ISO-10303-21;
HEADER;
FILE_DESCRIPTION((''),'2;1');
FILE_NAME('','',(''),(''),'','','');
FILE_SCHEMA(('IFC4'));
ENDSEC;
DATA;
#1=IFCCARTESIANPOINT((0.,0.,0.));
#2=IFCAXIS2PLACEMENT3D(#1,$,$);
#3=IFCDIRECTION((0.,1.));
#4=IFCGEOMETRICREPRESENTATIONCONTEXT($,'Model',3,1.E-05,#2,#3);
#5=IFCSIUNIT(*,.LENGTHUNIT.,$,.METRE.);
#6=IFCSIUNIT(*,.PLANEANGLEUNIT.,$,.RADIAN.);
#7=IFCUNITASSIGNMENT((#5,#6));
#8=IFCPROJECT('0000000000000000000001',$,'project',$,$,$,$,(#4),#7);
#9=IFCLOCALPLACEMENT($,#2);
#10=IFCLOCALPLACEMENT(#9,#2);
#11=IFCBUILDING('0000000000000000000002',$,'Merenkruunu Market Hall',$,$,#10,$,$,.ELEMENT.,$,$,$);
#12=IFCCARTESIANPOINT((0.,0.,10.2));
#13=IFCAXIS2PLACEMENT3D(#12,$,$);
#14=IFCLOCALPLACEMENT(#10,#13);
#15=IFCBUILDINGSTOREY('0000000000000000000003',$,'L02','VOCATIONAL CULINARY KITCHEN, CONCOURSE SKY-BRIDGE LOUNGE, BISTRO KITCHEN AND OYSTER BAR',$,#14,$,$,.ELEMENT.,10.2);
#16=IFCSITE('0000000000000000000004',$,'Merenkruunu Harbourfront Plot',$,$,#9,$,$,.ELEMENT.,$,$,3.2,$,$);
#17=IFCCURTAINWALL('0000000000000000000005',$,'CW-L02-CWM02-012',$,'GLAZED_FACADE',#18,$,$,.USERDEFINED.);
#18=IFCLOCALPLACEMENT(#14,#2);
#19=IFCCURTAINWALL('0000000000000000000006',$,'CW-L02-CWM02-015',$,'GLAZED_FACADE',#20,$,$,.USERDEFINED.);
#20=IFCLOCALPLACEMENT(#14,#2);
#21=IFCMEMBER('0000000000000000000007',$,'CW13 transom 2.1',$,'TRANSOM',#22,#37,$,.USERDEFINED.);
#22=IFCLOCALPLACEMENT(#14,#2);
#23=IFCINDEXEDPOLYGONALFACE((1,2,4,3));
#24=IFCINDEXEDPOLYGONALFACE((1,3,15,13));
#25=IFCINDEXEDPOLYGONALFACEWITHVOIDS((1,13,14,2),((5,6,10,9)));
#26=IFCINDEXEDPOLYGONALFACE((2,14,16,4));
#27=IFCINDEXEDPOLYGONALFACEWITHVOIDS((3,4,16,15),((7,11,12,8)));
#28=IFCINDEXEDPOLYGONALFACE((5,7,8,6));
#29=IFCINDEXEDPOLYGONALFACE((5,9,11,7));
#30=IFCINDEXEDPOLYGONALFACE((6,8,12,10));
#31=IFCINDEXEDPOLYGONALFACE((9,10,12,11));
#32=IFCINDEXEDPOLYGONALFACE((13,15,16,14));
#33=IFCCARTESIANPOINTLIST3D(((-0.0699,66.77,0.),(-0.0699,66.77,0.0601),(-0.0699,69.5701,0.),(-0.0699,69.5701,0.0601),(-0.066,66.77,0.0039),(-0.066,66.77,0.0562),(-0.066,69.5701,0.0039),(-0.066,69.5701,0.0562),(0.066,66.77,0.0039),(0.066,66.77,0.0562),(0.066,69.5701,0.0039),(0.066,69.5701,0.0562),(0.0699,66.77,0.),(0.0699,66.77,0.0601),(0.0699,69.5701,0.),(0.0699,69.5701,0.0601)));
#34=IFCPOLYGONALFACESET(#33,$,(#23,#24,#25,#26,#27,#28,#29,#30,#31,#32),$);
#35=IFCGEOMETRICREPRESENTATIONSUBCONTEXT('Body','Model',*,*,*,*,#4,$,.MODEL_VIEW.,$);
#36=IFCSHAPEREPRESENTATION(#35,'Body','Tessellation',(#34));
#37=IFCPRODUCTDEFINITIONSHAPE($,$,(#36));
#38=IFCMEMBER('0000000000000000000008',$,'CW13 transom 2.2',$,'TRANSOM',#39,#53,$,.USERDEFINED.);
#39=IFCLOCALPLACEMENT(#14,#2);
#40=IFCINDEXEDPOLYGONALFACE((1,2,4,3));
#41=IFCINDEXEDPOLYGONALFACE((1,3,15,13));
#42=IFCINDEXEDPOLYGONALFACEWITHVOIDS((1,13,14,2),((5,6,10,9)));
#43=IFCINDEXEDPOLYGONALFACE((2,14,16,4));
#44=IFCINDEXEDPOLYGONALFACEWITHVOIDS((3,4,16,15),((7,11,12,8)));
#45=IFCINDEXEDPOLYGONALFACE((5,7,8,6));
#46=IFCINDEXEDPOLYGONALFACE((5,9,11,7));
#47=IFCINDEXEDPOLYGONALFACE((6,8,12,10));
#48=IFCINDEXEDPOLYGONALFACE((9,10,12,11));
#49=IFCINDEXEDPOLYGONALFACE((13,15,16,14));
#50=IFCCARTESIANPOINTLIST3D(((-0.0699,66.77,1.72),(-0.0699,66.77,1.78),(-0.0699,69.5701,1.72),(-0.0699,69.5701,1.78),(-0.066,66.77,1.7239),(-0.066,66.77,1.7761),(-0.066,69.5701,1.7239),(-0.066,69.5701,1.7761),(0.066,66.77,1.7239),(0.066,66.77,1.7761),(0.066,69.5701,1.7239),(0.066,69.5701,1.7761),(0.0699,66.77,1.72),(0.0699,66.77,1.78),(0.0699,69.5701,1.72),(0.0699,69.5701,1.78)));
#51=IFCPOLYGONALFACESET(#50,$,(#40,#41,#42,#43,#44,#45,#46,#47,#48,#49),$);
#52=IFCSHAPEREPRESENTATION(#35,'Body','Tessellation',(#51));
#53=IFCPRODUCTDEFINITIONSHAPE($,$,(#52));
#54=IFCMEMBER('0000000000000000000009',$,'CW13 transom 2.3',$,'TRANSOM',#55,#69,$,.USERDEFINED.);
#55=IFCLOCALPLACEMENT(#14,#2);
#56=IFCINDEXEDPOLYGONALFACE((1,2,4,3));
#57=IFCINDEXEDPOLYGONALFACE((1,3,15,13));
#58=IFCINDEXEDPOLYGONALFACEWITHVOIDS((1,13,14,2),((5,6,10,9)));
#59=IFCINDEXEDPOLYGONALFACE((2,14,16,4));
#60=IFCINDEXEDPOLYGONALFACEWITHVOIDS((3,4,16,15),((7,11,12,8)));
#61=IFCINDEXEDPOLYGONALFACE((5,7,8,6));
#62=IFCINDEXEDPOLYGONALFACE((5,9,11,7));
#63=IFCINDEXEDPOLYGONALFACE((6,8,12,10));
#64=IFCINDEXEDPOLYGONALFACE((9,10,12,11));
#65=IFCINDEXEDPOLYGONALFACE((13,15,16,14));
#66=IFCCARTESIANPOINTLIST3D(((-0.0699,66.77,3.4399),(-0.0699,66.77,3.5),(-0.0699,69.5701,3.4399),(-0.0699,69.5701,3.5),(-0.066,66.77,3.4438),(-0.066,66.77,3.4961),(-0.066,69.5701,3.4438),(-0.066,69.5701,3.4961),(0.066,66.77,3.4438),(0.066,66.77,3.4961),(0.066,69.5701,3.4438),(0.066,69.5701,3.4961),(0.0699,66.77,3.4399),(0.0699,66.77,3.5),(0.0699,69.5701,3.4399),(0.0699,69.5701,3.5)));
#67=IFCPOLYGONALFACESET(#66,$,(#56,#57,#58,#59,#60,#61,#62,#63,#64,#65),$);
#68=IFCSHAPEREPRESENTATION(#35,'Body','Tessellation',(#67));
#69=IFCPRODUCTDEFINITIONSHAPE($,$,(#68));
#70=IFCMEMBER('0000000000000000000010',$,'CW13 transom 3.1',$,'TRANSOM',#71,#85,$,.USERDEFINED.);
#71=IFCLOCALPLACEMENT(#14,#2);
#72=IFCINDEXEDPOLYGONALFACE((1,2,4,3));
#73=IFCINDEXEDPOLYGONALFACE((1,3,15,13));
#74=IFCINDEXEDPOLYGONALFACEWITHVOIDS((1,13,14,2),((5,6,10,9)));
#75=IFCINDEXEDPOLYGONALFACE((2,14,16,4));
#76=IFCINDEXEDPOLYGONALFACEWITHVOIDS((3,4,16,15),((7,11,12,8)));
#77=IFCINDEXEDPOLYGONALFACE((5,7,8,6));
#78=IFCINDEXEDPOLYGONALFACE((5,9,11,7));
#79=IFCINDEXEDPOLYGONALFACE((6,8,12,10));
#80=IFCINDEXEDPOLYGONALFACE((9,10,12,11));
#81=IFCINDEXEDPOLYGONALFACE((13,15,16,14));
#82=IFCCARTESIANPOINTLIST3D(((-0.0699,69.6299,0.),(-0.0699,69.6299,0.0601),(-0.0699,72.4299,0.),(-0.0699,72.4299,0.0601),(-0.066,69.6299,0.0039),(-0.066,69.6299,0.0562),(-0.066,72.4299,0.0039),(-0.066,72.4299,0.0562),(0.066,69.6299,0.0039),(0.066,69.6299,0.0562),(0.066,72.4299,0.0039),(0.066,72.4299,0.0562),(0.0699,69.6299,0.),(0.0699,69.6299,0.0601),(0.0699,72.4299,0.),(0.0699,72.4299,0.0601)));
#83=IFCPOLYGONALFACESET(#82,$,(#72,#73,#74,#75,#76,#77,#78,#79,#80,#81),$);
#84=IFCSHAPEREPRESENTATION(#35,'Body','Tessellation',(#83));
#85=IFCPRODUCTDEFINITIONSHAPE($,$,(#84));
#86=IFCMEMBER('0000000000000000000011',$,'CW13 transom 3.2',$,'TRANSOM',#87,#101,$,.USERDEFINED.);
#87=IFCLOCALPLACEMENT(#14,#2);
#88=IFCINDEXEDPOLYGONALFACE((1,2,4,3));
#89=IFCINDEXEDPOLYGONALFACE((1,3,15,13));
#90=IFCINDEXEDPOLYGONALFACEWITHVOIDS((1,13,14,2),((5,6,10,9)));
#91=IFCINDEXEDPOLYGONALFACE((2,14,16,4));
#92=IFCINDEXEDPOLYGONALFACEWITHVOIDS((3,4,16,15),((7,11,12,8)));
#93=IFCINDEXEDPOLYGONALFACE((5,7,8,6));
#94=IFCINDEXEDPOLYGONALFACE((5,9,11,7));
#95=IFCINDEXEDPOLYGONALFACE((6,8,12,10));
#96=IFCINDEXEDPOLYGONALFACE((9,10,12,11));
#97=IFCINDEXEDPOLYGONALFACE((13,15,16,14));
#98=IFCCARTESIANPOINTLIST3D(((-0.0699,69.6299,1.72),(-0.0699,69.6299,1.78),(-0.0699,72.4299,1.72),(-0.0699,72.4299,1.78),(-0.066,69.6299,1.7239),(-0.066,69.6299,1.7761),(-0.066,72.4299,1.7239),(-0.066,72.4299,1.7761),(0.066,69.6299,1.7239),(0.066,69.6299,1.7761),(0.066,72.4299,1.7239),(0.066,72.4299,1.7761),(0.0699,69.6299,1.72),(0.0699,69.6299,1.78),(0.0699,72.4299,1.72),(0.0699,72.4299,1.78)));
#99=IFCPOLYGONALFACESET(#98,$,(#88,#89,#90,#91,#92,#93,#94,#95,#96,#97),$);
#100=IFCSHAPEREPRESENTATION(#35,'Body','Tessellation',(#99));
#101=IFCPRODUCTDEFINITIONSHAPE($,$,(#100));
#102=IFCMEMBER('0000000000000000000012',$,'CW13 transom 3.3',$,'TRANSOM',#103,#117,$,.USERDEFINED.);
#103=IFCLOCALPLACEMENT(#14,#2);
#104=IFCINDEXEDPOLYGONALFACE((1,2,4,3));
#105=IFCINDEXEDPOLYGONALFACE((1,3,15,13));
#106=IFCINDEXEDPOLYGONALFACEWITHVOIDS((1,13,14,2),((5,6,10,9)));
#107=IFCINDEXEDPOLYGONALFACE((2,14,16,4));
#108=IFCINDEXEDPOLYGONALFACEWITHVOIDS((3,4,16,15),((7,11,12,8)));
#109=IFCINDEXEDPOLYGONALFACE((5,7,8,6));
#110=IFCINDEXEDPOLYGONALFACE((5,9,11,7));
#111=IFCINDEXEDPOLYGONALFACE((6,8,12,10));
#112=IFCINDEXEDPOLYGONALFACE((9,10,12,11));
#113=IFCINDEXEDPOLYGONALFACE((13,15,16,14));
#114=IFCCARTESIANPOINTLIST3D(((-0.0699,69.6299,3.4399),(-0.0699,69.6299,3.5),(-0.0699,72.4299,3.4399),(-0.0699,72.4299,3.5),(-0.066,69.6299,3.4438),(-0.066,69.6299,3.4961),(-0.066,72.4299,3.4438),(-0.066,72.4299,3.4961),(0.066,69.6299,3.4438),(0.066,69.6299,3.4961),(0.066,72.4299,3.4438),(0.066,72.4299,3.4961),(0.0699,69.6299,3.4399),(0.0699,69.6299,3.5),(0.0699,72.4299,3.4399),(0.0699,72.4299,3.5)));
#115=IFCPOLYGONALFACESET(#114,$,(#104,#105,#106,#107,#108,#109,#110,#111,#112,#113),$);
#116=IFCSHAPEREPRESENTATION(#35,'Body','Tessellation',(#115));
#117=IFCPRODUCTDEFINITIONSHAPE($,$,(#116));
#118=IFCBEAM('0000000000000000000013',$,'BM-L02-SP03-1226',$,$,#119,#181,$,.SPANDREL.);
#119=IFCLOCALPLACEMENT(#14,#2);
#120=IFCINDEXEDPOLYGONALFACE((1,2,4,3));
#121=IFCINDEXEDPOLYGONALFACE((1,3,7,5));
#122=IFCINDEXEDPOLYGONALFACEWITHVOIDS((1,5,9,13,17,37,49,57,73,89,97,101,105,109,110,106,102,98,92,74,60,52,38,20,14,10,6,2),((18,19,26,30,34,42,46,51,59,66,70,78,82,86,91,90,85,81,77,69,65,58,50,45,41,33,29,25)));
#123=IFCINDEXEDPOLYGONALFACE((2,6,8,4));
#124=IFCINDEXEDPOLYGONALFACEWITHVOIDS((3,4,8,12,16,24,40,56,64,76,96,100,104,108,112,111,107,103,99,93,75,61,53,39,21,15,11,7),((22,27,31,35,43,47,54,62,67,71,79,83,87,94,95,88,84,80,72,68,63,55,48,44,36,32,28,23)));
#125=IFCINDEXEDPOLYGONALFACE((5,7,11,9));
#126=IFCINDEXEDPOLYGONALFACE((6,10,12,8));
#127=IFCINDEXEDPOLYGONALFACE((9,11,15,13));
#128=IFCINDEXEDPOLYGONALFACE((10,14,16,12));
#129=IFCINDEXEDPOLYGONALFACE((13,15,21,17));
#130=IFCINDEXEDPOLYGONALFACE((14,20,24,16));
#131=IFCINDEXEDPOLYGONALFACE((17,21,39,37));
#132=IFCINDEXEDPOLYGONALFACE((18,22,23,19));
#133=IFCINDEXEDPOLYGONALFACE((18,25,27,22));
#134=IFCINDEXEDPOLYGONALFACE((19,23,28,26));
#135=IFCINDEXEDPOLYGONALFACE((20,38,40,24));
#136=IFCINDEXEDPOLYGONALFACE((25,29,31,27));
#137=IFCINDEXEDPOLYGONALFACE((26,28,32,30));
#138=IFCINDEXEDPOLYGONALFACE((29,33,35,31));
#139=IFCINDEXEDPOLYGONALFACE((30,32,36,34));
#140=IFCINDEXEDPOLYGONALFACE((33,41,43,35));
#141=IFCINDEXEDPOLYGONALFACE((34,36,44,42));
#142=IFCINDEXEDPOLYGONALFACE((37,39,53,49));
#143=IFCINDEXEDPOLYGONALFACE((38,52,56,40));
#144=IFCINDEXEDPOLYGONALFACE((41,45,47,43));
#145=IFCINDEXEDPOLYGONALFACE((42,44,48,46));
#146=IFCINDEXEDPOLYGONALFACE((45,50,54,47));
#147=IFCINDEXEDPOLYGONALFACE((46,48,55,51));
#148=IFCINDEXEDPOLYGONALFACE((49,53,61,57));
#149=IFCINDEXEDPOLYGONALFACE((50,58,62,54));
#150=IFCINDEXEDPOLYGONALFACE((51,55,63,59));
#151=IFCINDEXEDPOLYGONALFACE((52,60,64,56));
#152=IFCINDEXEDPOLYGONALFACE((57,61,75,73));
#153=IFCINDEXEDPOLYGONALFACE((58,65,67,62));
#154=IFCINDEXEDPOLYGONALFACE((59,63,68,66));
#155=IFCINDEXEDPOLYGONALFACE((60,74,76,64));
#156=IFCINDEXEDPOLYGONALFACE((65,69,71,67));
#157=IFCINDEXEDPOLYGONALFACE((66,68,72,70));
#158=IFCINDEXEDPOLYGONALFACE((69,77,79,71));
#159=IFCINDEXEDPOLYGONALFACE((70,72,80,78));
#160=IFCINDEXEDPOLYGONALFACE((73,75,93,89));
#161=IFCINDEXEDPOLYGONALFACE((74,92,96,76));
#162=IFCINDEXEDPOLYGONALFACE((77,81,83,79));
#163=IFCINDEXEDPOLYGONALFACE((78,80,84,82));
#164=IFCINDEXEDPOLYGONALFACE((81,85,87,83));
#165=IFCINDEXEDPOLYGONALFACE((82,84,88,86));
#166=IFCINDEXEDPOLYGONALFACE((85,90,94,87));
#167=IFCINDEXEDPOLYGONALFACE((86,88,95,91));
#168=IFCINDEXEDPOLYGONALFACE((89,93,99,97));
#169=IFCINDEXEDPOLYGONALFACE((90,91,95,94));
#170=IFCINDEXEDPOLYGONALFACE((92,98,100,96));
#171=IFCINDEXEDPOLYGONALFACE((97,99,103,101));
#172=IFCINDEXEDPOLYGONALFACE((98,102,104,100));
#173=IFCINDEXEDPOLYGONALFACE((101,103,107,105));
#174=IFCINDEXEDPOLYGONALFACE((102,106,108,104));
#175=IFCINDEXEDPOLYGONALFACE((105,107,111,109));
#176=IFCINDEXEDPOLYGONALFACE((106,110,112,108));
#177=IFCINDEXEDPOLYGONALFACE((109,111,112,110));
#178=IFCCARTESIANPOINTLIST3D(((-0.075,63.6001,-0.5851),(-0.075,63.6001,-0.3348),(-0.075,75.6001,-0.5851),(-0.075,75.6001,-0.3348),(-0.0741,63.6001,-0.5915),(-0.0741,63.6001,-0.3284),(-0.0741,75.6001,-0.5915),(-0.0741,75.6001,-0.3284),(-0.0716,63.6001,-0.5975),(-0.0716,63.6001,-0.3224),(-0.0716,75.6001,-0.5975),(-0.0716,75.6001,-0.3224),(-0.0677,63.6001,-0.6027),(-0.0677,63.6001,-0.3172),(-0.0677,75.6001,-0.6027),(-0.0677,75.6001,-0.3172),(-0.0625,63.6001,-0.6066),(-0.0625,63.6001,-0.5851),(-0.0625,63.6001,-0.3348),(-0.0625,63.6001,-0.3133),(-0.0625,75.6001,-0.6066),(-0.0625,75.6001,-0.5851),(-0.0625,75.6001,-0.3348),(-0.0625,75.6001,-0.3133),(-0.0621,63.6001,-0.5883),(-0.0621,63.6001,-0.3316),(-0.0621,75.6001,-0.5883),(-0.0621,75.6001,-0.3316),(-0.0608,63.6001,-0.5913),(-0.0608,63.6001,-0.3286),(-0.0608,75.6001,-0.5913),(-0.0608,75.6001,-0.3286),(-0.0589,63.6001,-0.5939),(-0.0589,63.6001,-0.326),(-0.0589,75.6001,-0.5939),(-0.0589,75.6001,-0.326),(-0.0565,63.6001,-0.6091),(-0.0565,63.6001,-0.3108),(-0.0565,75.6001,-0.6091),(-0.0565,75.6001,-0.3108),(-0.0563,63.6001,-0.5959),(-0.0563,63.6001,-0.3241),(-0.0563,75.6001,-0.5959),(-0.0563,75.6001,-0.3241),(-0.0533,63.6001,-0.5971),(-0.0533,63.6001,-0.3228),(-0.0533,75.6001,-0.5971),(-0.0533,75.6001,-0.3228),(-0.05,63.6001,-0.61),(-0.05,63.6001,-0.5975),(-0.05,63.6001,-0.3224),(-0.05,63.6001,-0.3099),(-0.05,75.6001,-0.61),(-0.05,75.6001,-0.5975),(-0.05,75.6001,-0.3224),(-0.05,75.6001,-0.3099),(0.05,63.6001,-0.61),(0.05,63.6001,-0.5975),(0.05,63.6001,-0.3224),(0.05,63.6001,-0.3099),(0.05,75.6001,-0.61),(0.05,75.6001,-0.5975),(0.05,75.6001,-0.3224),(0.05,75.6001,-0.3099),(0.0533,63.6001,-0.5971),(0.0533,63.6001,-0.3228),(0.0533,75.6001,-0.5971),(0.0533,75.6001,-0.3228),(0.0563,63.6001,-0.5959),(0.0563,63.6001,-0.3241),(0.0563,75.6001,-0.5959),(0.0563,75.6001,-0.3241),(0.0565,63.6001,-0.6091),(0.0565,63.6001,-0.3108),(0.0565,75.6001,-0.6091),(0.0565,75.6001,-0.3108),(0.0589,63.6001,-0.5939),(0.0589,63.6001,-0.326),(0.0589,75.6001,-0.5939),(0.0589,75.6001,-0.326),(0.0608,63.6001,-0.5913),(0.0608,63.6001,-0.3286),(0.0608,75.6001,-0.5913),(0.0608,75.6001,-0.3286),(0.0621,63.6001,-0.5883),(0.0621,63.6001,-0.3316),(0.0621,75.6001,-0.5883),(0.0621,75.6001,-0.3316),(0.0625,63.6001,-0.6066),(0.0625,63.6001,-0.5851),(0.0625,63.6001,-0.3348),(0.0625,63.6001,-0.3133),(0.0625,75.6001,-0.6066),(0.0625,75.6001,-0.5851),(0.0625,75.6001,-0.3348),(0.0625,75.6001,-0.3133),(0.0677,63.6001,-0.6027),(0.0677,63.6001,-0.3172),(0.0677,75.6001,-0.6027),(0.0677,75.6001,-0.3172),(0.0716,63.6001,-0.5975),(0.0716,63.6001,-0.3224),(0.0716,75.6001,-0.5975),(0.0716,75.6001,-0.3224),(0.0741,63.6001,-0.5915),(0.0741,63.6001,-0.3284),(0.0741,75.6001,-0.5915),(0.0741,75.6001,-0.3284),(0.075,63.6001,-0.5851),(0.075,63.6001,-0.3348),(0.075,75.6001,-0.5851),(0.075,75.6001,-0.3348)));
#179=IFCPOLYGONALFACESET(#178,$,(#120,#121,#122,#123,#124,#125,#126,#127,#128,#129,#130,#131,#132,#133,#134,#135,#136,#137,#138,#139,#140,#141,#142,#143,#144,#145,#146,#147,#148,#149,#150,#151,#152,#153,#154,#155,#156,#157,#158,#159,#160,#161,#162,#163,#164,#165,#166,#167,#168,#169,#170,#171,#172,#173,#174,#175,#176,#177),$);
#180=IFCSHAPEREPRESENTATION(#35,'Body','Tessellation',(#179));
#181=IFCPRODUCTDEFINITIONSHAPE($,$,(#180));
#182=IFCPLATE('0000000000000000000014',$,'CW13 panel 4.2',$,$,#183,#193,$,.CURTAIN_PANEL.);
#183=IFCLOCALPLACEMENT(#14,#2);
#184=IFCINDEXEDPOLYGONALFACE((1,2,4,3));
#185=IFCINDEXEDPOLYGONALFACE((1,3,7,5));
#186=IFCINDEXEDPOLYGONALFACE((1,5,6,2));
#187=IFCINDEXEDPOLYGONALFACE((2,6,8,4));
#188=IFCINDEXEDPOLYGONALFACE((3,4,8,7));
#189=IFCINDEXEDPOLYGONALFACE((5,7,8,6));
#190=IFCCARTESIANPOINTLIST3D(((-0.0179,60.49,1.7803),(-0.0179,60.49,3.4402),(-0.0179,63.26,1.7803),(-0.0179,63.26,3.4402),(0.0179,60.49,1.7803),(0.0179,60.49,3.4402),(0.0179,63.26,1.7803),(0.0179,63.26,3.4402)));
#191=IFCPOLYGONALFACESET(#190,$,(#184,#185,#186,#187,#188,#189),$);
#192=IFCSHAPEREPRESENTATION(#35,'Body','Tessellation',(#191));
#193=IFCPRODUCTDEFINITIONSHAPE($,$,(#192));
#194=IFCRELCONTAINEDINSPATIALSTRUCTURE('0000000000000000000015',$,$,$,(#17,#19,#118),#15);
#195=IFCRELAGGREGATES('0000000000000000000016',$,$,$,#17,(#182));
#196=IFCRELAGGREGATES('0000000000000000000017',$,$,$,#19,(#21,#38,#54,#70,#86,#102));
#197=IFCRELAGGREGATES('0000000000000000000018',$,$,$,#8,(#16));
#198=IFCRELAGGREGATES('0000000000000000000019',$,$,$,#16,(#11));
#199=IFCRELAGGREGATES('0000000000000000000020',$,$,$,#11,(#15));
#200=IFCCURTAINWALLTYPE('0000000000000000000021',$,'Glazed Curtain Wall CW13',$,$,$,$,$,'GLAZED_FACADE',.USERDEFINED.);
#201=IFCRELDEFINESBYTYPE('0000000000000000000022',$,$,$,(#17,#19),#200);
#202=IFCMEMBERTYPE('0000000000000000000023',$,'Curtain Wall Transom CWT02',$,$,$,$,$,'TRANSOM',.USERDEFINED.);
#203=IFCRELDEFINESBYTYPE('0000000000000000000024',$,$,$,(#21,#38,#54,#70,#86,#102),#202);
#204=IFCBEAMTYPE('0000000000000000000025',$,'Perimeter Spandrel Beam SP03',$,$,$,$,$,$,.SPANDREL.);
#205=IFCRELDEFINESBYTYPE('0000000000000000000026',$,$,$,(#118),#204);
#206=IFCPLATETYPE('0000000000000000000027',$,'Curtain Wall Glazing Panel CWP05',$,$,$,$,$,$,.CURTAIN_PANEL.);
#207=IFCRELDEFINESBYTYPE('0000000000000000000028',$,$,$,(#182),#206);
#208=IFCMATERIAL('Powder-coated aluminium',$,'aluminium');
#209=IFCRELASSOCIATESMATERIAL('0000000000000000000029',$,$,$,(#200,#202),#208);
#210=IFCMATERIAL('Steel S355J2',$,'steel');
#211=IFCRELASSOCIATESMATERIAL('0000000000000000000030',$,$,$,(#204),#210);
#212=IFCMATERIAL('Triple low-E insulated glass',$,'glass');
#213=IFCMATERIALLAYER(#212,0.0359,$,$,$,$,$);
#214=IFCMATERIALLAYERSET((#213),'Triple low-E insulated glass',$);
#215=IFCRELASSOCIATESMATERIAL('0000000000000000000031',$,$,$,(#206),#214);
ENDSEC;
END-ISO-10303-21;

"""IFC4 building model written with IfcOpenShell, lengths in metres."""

from ifc_helpers import new_model, si_unit, direction, frame, origin, origin_2d, place, context, subcontext, project, spatial, rectangle, hollow_rectangle, extrude, material, layer, layer_set, material_profile, profile_set, type_object, element, aggregate, save


model = new_model("IFC4")

# Units and contexts
model_context = context("Model", 3, precision=1e-05, world=origin(), true_north=direction((0.0, 1.0)))
body_context = subcontext(model_context, "Body", "Model", "MODEL_VIEW")
ifc_project = project(units=[si_unit("LENGTHUNIT", "METRE"), si_unit("PLANEANGLEUNIT", "RADIAN")], contexts=[model_context])

# Site, building, storey
site_placement = place(None, origin())
site = spatial("IfcSite", under=ifc_project, at=site_placement, Name="Merenkruunu Harbourfront Plot", CompositionType="ELEMENT", RefElevation=3.2)
building_placement = place(site_placement, origin())
building = spatial("IfcBuilding", under=site, at=building_placement, Name="Merenkruunu Market Hall", CompositionType="ELEMENT")
storey_placement = place(building_placement, frame((0.0, 0.0, 10.2)))
storey = spatial("IfcBuildingStorey", under=building, at=storey_placement, Name="L02", Description="VOCATIONAL CULINARY KITCHEN, CONCOURSE SKY-BRIDGE LOUNGE, BISTRO KITCHEN AND OYSTER BAR", CompositionType="ELEMENT", Elevation=10.2)

# Curtain wall
ifc_material_1 = material(Name="Powder-coated aluminium", Category="aluminium")
curtain_wall_type = type_object("IfcCurtainWallType", Name="Glazed Curtain Wall CW13", ElementType="GLAZED_FACADE", PredefinedType="USERDEFINED", material=ifc_material_1)
curtain_wall_1_placement = place(storey_placement, origin())
curtain_wall_1 = element("IfcCurtainWall", 1, at=curtain_wall_1_placement, inside=storey, type_object=curtain_wall_type, Name="CW-L02-CWM02-012", ObjectType="GLAZED_FACADE", PredefinedType="USERDEFINED")

# Curtain wall, members
curtain_wall_2_placement = place(storey_placement, origin())
curtain_wall_2 = element("IfcCurtainWall", 2, at=curtain_wall_2_placement, inside=storey, type_object=curtain_wall_type, Name="CW-L02-CWM02-015", ObjectType="GLAZED_FACADE", PredefinedType="USERDEFINED")
ifc_material_profile_1 = material_profile(ifc_material_1, hollow_rectangle(XDim=0.0601, YDim=0.1399, WallThickness=0.0039, at=origin_2d()), Name="ALU 60x140x4")
ifc_profile_set_1 = profile_set([ifc_material_profile_1], Name="Powder-coated aluminium")
member_type_1 = type_object("IfcMemberType", Name="Curtain Wall Transom CWT02", ElementType="TRANSOM", PredefinedType="USERDEFINED", material=ifc_profile_set_1)
member_1_placement = place(storey_placement, frame((0.0, 66.77, 0.03), z_axis=(0.0, 1.0, 0.0), x_axis=(0.0, 0.0, 1.0)))
member_1 = element("IfcMember", 3, at=member_1_placement, type_object=member_type_1, Name="CW13 transom 2.1", ObjectType="TRANSOM", PredefinedType="USERDEFINED", context=body_context, shape_type="SweptSolid", body=[
    extrude(hollow_rectangle(XDim=0.0601, YDim=0.1399, WallThickness=0.0039, at=origin_2d()), origin(), (0.0, 0.0, 1.0), 2.8),
])
member_2_placement = place(storey_placement, frame((0.0, 66.77, 1.75), z_axis=(0.0, 1.0, 0.0), x_axis=(0.0, 0.0, 1.0)))
member_2 = element("IfcMember", 4, at=member_2_placement, type_object=member_type_1, Name="CW13 transom 2.2", ObjectType="TRANSOM", PredefinedType="USERDEFINED", context=body_context, shape_type="SweptSolid", body=[
    extrude(hollow_rectangle(XDim=0.0601, YDim=0.1399, WallThickness=0.0039, at=origin_2d()), origin(), (0.0, 0.0, 1.0), 2.8),
])
member_3_placement = place(storey_placement, frame((0.0, 66.77, 3.47), z_axis=(0.0, 1.0, 0.0), x_axis=(0.0, 0.0, 1.0)))
member_3 = element("IfcMember", 5, at=member_3_placement, type_object=member_type_1, Name="CW13 transom 2.3", ObjectType="TRANSOM", PredefinedType="USERDEFINED", context=body_context, shape_type="SweptSolid", body=[
    extrude(hollow_rectangle(XDim=0.0601, YDim=0.1399, WallThickness=0.0039, at=origin_2d()), origin(), (0.0, 0.0, 1.0), 2.8),
])
member_4_placement = place(storey_placement, frame((0.0, 69.6299, 0.03), z_axis=(0.0, 1.0, 0.0), x_axis=(0.0, 0.0, 1.0)))
member_4 = element("IfcMember", 6, at=member_4_placement, type_object=member_type_1, Name="CW13 transom 3.1", ObjectType="TRANSOM", PredefinedType="USERDEFINED", context=body_context, shape_type="SweptSolid", body=[
    extrude(hollow_rectangle(XDim=0.0601, YDim=0.1399, WallThickness=0.0039, at=origin_2d()), origin(), (0.0, 0.0, 1.0), 2.8),
])
member_5_placement = place(storey_placement, frame((0.0, 69.6299, 1.75), z_axis=(0.0, 1.0, 0.0), x_axis=(0.0, 0.0, 1.0)))
member_5 = element("IfcMember", 7, at=member_5_placement, type_object=member_type_1, Name="CW13 transom 3.2", ObjectType="TRANSOM", PredefinedType="USERDEFINED", context=body_context, shape_type="SweptSolid", body=[
    extrude(hollow_rectangle(XDim=0.0601, YDim=0.1399, WallThickness=0.0039, at=origin_2d()), origin(), (0.0, 0.0, 1.0), 2.8),
])
member_6_placement = place(storey_placement, frame((0.0, 69.6299, 3.47), z_axis=(0.0, 1.0, 0.0), x_axis=(0.0, 0.0, 1.0)))
member_6 = element("IfcMember", 8, at=member_6_placement, type_object=member_type_1, Name="CW13 transom 3.3", ObjectType="TRANSOM", PredefinedType="USERDEFINED", context=body_context, shape_type="SweptSolid", body=[
    extrude(hollow_rectangle(XDim=0.0601, YDim=0.1399, WallThickness=0.0039, at=origin_2d()), origin(), (0.0, 0.0, 1.0), 2.8),
])

# Beam
ifc_material_2 = material(Name="Steel S355J2", Category="steel")
ifc_material_profile_2 = material_profile(ifc_material_2, hollow_rectangle(XDim=0.1499, YDim=0.3, WallThickness=0.0125, InnerFilletRadius=0.0125, OuterFilletRadius=0.0249, at=origin_2d()), Name="RHS 300x150x12.5")
ifc_profile_set_2 = profile_set([ifc_material_profile_2], Name="Steel S355J2")
beam_type = type_object("IfcBeamType", Name="Perimeter Spandrel Beam SP03", PredefinedType="SPANDREL", material=ifc_profile_set_2)
beam_placement = place(storey_placement, frame((0.0, 63.6001, -0.46), z_axis=(0.0, 1.0, 0.0), x_axis=(-1.0, 0.0, 0.0)))
element("IfcBeam", 9, at=beam_placement, inside=storey, type_object=beam_type, Name="BM-L02-SP03-1226", PredefinedType="SPANDREL", context=body_context, shape_type="SweptSolid", body=[
    extrude(hollow_rectangle(XDim=0.1499, YDim=0.3, WallThickness=0.0125, InnerFilletRadius=0.0125, OuterFilletRadius=0.0249, at=origin_2d()), origin(), (0.0, 0.0, 1.0), 12.0),
])

# Plate
ifc_material_3 = material(Name="Triple low-E insulated glass", Category="glass")
ifc_layer_1 = layer(ifc_material_3, 0.0359)
ifc_layer_set_1 = layer_set([ifc_layer_1], Name="Triple low-E insulated glass")
plate_type_1 = type_object("IfcPlateType", Name="Curtain Wall Glazing Panel CWP05", PredefinedType="CURTAIN_PANEL", material=ifc_layer_set_1)
plate_1_placement = place(storey_placement, frame((0.0, 61.875, 1.7803), z_axis=(0.0, 0.0, 1.0), x_axis=(0.0, 1.0, 0.0)))
plate_1 = element("IfcPlate", 10, at=plate_1_placement, type_object=plate_type_1, Name="CW13 panel 4.2", PredefinedType="CURTAIN_PANEL", context=body_context, shape_type="SweptSolid", body=[
    extrude(rectangle(XDim=2.77, YDim=0.0359, at=origin_2d()), origin(), (0.0, 0.0, 1.0), 1.6599),
])
aggregate(curtain_wall_1, [plate_1])
aggregate(curtain_wall_2, [member_1, member_2, member_3, member_4, member_5, member_6])

save(model, "model.ifc")
